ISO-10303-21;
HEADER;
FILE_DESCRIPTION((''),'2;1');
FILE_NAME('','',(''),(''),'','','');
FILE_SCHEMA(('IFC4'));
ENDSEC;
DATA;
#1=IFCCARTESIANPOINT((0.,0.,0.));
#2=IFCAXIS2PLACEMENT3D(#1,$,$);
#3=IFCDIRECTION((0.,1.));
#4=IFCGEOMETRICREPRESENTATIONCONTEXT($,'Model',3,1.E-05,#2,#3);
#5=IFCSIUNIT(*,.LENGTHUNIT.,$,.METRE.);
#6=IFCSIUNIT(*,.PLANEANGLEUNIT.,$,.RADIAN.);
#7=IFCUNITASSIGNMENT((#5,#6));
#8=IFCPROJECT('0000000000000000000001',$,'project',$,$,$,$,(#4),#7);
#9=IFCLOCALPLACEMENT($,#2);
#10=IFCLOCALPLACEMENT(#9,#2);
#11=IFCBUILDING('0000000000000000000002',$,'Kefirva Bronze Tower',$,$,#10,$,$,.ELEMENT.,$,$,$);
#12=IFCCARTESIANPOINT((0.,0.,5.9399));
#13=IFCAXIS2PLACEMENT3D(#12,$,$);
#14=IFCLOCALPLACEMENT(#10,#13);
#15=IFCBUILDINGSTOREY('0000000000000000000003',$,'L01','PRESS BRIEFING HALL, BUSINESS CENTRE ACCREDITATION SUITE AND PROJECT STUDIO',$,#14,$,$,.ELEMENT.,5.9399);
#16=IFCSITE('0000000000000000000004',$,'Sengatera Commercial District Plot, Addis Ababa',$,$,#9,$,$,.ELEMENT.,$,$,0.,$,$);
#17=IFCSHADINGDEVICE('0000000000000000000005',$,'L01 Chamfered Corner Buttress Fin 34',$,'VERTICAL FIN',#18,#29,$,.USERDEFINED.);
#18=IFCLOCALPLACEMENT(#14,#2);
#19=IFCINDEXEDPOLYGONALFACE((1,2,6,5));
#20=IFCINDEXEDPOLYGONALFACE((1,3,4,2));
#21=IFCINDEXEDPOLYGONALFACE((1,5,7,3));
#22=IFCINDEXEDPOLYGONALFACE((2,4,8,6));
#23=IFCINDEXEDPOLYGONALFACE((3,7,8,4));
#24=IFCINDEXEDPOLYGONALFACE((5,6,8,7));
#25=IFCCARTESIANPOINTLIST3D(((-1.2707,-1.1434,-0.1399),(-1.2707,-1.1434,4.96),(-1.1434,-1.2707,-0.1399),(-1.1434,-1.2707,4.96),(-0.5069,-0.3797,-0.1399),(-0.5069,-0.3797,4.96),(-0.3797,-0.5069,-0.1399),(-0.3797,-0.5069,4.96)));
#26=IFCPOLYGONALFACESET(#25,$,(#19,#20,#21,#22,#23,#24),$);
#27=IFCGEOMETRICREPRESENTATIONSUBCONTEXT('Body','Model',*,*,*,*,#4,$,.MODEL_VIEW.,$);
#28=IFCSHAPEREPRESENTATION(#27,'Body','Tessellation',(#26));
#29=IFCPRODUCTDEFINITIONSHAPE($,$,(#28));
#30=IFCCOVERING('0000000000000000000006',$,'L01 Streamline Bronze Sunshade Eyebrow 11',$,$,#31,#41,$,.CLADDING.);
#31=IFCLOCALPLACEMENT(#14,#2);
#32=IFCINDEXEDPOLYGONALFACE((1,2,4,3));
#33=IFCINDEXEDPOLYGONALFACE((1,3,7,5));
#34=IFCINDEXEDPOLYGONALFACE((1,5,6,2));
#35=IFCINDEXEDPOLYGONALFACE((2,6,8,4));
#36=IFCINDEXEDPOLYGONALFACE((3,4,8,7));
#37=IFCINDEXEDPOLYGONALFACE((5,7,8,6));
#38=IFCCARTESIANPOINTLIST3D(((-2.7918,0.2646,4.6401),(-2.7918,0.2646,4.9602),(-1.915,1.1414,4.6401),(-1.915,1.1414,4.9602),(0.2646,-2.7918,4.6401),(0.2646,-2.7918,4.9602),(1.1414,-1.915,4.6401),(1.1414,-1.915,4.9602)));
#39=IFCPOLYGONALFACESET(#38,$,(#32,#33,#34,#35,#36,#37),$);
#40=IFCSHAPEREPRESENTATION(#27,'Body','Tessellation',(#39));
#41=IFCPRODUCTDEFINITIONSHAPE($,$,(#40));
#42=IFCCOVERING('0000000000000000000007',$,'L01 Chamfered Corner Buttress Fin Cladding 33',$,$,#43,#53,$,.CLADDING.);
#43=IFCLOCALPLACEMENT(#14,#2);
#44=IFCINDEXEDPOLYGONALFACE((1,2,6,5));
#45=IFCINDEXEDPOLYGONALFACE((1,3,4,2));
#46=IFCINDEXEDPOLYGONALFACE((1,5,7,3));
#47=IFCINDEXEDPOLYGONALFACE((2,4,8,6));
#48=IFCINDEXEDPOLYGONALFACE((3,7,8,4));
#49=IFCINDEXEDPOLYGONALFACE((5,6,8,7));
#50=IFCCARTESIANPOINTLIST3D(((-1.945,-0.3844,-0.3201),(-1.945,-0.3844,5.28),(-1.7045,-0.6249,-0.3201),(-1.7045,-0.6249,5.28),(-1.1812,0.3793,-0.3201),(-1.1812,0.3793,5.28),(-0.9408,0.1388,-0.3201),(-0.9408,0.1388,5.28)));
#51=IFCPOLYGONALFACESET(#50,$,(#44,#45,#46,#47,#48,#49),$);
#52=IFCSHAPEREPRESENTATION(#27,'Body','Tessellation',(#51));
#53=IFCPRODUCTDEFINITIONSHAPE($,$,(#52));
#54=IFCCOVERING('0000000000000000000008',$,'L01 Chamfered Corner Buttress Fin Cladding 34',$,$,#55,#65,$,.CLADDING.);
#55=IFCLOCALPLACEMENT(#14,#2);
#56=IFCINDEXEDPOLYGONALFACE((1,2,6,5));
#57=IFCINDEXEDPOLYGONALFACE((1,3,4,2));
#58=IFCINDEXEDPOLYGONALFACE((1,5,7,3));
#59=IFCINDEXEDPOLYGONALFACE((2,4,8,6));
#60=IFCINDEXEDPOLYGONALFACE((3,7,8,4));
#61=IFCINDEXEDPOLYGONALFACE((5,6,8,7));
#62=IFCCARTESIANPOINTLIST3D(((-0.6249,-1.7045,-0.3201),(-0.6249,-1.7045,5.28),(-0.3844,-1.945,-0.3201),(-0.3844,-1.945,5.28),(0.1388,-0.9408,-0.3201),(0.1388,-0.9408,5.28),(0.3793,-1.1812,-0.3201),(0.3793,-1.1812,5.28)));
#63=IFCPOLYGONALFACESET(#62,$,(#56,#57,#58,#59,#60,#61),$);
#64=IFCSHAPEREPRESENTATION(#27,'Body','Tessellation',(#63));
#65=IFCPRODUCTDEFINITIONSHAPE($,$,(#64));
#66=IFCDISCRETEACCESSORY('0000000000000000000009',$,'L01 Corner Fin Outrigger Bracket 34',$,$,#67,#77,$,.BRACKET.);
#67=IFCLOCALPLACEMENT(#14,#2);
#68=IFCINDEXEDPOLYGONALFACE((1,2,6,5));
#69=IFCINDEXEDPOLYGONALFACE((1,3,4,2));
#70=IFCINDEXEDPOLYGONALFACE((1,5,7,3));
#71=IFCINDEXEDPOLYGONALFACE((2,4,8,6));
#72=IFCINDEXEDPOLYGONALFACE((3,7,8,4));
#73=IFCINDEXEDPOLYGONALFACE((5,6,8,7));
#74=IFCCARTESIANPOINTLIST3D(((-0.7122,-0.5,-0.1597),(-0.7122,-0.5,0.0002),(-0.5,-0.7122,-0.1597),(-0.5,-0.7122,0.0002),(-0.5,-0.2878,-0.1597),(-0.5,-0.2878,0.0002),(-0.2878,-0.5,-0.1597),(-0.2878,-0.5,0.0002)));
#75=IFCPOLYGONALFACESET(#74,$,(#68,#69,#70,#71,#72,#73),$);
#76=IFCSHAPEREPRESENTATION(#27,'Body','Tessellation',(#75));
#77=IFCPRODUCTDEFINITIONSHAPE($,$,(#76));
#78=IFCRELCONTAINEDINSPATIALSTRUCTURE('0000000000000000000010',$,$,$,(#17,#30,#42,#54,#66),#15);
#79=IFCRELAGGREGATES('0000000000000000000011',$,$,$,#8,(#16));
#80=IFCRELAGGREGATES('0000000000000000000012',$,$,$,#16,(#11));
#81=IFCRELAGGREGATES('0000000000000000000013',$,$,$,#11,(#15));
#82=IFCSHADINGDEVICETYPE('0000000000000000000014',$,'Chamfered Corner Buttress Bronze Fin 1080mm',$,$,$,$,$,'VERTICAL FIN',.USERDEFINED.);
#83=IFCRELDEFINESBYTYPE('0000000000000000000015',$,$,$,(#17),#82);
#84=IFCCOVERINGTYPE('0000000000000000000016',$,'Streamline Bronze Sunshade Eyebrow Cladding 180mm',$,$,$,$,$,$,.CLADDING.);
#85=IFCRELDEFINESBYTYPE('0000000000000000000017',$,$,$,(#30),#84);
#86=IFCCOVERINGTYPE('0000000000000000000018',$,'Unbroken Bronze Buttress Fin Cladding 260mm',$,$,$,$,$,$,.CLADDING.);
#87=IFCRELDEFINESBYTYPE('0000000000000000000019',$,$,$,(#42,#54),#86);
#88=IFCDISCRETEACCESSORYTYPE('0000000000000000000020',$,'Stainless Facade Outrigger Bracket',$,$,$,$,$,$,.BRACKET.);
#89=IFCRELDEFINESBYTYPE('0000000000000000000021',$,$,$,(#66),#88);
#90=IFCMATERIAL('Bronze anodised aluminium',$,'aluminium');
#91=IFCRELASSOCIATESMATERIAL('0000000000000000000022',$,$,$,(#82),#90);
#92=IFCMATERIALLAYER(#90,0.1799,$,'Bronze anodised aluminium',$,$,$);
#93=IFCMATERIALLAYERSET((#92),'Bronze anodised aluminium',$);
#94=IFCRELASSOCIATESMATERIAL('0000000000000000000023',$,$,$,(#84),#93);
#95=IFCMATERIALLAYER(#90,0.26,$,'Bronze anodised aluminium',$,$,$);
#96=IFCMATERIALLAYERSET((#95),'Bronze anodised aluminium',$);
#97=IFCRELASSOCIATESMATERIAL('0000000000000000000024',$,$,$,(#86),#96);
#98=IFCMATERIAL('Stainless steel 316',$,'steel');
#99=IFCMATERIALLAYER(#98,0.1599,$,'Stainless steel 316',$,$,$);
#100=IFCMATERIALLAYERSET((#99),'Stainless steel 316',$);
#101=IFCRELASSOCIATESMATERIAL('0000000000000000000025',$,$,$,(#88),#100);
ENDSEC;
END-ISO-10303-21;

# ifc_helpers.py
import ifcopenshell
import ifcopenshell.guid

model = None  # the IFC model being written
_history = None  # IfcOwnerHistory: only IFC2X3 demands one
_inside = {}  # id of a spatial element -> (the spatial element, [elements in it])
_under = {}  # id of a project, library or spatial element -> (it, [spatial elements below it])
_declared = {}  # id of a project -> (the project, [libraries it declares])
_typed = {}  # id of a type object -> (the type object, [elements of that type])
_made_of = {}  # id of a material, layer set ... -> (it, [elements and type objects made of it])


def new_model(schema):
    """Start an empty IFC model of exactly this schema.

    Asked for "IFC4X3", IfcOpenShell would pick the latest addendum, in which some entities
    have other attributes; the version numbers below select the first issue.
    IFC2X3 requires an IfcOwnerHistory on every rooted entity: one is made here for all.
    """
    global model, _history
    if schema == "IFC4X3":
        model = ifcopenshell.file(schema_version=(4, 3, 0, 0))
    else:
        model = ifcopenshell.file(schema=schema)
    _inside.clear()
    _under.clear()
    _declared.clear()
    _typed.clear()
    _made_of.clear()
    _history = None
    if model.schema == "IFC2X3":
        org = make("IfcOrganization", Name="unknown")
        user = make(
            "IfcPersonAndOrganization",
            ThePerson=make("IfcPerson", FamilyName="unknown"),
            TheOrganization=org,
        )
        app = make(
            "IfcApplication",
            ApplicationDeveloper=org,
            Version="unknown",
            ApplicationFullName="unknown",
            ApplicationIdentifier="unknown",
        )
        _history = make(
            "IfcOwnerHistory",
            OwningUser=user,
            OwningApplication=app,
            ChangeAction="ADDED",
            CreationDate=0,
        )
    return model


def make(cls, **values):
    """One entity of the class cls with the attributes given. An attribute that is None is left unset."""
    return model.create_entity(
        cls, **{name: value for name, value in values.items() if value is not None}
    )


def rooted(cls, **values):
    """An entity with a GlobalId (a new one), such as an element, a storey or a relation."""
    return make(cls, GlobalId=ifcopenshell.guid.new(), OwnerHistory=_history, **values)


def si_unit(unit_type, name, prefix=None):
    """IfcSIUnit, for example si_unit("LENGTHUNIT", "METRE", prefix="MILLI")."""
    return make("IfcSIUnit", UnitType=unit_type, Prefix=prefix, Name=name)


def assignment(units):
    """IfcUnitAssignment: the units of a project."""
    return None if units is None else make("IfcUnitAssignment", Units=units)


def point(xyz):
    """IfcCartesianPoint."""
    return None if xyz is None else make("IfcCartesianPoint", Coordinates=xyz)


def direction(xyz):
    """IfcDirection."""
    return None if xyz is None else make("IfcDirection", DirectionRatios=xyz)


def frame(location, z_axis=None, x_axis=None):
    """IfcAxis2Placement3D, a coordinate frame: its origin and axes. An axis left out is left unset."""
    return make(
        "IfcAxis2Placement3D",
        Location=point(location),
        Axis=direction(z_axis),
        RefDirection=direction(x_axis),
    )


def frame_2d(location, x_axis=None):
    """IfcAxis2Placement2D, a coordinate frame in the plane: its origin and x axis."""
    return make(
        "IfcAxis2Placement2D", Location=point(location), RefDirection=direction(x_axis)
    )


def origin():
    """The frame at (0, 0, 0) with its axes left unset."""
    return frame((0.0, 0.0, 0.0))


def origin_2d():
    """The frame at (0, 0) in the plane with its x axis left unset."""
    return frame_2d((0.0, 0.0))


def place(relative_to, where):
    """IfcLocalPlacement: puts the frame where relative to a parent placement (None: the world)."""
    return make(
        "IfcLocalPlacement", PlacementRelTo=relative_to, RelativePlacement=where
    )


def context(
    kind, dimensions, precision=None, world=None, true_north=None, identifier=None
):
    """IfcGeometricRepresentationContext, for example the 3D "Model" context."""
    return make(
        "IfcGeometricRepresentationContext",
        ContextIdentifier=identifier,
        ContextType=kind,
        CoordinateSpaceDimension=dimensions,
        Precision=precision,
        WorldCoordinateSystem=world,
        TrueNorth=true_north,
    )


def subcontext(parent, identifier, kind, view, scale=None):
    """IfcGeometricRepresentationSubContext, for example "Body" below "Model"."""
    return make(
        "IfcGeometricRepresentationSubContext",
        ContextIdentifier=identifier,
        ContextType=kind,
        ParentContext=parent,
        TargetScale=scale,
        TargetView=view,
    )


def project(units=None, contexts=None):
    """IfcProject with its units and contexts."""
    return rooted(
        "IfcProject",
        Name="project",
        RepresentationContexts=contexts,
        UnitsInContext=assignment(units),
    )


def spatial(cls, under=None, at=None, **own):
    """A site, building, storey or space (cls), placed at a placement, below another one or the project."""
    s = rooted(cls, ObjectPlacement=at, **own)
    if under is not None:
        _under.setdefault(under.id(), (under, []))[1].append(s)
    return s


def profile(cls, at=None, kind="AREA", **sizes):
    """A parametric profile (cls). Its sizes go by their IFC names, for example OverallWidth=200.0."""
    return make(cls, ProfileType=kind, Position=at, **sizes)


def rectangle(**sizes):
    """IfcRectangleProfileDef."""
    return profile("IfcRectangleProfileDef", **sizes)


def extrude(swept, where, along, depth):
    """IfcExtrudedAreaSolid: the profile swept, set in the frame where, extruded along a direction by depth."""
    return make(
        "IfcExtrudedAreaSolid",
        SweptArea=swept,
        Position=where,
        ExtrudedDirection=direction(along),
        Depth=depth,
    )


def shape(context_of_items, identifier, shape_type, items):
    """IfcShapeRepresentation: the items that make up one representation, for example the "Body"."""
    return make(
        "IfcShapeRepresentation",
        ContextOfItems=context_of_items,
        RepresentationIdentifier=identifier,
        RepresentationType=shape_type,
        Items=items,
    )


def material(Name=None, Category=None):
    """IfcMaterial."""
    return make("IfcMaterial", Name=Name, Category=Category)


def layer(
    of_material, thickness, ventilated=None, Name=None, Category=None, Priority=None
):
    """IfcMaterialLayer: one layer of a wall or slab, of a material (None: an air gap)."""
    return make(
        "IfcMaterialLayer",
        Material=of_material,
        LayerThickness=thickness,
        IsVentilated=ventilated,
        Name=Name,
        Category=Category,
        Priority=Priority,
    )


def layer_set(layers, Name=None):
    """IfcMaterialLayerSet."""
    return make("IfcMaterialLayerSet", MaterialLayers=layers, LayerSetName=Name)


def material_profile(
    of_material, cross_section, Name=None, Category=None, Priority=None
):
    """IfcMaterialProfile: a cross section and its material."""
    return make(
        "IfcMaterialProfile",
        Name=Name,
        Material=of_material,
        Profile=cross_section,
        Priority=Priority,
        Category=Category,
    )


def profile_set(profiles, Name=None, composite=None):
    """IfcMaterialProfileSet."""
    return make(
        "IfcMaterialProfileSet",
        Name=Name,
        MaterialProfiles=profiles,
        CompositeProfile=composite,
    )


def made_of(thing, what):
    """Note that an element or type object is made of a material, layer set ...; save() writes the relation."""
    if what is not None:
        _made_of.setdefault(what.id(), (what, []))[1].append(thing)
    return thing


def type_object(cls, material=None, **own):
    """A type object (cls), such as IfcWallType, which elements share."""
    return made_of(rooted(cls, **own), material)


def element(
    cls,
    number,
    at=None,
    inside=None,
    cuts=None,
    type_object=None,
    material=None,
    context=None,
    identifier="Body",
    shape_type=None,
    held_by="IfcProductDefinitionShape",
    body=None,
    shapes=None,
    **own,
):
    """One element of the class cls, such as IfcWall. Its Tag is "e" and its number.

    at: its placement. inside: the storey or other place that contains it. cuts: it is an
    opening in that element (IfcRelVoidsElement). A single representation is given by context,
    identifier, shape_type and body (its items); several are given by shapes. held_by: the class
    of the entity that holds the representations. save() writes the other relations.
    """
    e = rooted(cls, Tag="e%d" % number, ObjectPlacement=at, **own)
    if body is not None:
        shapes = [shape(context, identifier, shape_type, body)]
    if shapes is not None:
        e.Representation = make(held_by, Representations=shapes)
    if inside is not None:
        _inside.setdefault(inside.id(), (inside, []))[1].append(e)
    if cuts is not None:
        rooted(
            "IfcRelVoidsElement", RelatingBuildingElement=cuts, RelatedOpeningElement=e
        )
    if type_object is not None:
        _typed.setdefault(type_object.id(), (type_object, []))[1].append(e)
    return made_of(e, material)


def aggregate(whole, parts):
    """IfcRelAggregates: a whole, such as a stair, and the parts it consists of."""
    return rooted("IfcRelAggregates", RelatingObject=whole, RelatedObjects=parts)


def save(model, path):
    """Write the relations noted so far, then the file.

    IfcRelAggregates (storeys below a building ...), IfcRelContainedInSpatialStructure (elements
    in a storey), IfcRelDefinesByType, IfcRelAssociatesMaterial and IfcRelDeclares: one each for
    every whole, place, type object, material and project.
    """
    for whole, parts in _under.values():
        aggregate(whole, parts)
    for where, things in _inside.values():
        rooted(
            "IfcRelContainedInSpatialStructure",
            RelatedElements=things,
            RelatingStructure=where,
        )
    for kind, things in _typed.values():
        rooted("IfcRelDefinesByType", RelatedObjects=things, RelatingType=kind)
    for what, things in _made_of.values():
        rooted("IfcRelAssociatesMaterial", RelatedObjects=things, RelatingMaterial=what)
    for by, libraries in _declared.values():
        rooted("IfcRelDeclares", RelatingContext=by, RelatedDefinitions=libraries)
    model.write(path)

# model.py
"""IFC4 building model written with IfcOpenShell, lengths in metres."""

from ifc_helpers import new_model, si_unit, direction, frame, origin, origin_2d, place, context, subcontext, project, spatial, rectangle, extrude, material, layer, layer_set, material_profile, profile_set, type_object, element, save


model = new_model("IFC4")

# Units and contexts
model_context = context("Model", 3, precision=1e-05, world=origin(), true_north=direction((0.0, 1.0)))
body_context = subcontext(model_context, "Body", "Model", "MODEL_VIEW")
ifc_project = project(units=[si_unit("LENGTHUNIT", "METRE"), si_unit("PLANEANGLEUNIT", "RADIAN")], contexts=[model_context])

# Site, building, storey
site_placement = place(None, origin())
site = spatial("IfcSite", under=ifc_project, at=site_placement, Name="Sengatera Commercial District Plot, Addis Ababa", CompositionType="ELEMENT", RefElevation=0.0)
building_placement = place(site_placement, origin())
building = spatial("IfcBuilding", under=site, at=building_placement, Name="Kefirva Bronze Tower", CompositionType="ELEMENT")
storey_placement = place(building_placement, frame((0.0, 0.0, 5.9399)))
storey = spatial("IfcBuildingStorey", under=building, at=storey_placement, Name="L01", Description="PRESS BRIEFING HALL, BUSINESS CENTRE ACCREDITATION SUITE AND PROJECT STUDIO", CompositionType="ELEMENT", Elevation=5.9399)

# Shared definitions
ifc_material_1 = material(Name="Bronze anodised aluminium", Category="aluminium")

# Shading device
ifc_material_profile = material_profile(ifc_material_1, rectangle(XDim=0.1799, YDim=1.0801, at=origin_2d()), Name="BRONZE BUTTRESS FIN 180x1080")
ifc_profile_set = profile_set([ifc_material_profile], Name="Bronze anodised aluminium")
shading_device_type = type_object("IfcShadingDeviceType", Name="Chamfered Corner Buttress Bronze Fin 1080mm", ElementType="VERTICAL FIN", PredefinedType="USERDEFINED", material=ifc_profile_set)
shading_device_placement = place(storey_placement, frame((-0.8252, -0.8252, -0.1399), z_axis=(0.0, 0.0, 1.0), x_axis=(0.707107, -0.707107, 0.0)))
element("IfcShadingDevice", 1, at=shading_device_placement, inside=storey, type_object=shading_device_type, Name="L01 Chamfered Corner Buttress Fin 34", ObjectType="VERTICAL FIN", PredefinedType="USERDEFINED", context=body_context, shape_type="SweptSolid", body=[
    extrude(rectangle(XDim=0.1799, YDim=1.0801, at=origin_2d()), origin(), (0.0, 0.0, 1.0), 5.0999),
])

# Coverings
ifc_layer_1 = layer(ifc_material_1, 0.1799, Name="Bronze anodised aluminium")
ifc_layer_set_1 = layer_set([ifc_layer_1], Name="Bronze anodised aluminium")
covering_type_1 = type_object("IfcCoveringType", Name="Streamline Bronze Sunshade Eyebrow Cladding 180mm", PredefinedType="CLADDING", material=ifc_layer_set_1)
covering_1_placement = place(storey_placement, frame((-0.8252, -0.8252, 4.6401), z_axis=(0.0, 0.0, 1.0), x_axis=(0.707107, -0.707107, 0.0)))
element("IfcCovering", 2, at=covering_1_placement, inside=storey, type_object=covering_type_1, Name="L01 Streamline Bronze Sunshade Eyebrow 11", PredefinedType="CLADDING", context=body_context, shape_type="SweptSolid", body=[
    extrude(rectangle(XDim=4.3225, YDim=1.24, at=origin_2d()), origin(), (0.0, 0.0, 1.0), 0.3201),
])
ifc_layer_2 = layer(ifc_material_1, 0.26, Name="Bronze anodised aluminium")
ifc_layer_set_2 = layer_set([ifc_layer_2], Name="Bronze anodised aluminium")
covering_type_2 = type_object("IfcCoveringType", Name="Unbroken Bronze Buttress Fin Cladding 260mm", PredefinedType="CLADDING", material=ifc_layer_set_2)
for number, where, z_axis, x_axis, name in (
    (3, (-1.4429, -0.1228, -0.3201), (0.0, 0.0, 1.0), (0.707107, -0.707107, 0.0), "L01 Chamfered Corner Buttress Fin Cladding 33"),
    (4, (-0.1228, -1.4429, -0.3201), (0.0, 0.0, 1.0), (0.707107, -0.707107, 0.0), "L01 Chamfered Corner Buttress Fin Cladding 34"),
):
    element("IfcCovering", number, at=place(storey_placement, frame(where, z_axis=z_axis, x_axis=x_axis)), inside=storey, type_object=covering_type_2, Name=name, PredefinedType="CLADDING", context=body_context, shape_type="SweptSolid", body=[
        extrude(rectangle(XDim=0.3401, YDim=1.0801, at=origin_2d()), origin(), (0.0, 0.0, 1.0), 5.6001),
    ])

# Discrete accessory
ifc_material_2 = material(Name="Stainless steel 316", Category="steel")
ifc_layer_3 = layer(ifc_material_2, 0.1599, Name="Stainless steel 316")
ifc_layer_set_3 = layer_set([ifc_layer_3], Name="Stainless steel 316")
discrete_accessory_type = type_object("IfcDiscreteAccessoryType", Name="Stainless Facade Outrigger Bracket", PredefinedType="BRACKET", material=ifc_layer_set_3)
discrete_accessory_placement = place(storey_placement, frame((-0.5, -0.5, -0.1597), z_axis=(0.0, 0.0, 1.0), x_axis=(0.707107, -0.707107, 0.0)))
element("IfcDiscreteAccessory", 5, at=discrete_accessory_placement, inside=storey, type_object=discrete_accessory_type, Name="L01 Corner Fin Outrigger Bracket 34", PredefinedType="BRACKET", context=body_context, shape_type="SweptSolid", body=[
    extrude(rectangle(XDim=0.3, YDim=0.3, at=origin_2d()), origin(), (0.0, 0.0, 1.0), 0.1599),
])

save(model, "model.ifc")
